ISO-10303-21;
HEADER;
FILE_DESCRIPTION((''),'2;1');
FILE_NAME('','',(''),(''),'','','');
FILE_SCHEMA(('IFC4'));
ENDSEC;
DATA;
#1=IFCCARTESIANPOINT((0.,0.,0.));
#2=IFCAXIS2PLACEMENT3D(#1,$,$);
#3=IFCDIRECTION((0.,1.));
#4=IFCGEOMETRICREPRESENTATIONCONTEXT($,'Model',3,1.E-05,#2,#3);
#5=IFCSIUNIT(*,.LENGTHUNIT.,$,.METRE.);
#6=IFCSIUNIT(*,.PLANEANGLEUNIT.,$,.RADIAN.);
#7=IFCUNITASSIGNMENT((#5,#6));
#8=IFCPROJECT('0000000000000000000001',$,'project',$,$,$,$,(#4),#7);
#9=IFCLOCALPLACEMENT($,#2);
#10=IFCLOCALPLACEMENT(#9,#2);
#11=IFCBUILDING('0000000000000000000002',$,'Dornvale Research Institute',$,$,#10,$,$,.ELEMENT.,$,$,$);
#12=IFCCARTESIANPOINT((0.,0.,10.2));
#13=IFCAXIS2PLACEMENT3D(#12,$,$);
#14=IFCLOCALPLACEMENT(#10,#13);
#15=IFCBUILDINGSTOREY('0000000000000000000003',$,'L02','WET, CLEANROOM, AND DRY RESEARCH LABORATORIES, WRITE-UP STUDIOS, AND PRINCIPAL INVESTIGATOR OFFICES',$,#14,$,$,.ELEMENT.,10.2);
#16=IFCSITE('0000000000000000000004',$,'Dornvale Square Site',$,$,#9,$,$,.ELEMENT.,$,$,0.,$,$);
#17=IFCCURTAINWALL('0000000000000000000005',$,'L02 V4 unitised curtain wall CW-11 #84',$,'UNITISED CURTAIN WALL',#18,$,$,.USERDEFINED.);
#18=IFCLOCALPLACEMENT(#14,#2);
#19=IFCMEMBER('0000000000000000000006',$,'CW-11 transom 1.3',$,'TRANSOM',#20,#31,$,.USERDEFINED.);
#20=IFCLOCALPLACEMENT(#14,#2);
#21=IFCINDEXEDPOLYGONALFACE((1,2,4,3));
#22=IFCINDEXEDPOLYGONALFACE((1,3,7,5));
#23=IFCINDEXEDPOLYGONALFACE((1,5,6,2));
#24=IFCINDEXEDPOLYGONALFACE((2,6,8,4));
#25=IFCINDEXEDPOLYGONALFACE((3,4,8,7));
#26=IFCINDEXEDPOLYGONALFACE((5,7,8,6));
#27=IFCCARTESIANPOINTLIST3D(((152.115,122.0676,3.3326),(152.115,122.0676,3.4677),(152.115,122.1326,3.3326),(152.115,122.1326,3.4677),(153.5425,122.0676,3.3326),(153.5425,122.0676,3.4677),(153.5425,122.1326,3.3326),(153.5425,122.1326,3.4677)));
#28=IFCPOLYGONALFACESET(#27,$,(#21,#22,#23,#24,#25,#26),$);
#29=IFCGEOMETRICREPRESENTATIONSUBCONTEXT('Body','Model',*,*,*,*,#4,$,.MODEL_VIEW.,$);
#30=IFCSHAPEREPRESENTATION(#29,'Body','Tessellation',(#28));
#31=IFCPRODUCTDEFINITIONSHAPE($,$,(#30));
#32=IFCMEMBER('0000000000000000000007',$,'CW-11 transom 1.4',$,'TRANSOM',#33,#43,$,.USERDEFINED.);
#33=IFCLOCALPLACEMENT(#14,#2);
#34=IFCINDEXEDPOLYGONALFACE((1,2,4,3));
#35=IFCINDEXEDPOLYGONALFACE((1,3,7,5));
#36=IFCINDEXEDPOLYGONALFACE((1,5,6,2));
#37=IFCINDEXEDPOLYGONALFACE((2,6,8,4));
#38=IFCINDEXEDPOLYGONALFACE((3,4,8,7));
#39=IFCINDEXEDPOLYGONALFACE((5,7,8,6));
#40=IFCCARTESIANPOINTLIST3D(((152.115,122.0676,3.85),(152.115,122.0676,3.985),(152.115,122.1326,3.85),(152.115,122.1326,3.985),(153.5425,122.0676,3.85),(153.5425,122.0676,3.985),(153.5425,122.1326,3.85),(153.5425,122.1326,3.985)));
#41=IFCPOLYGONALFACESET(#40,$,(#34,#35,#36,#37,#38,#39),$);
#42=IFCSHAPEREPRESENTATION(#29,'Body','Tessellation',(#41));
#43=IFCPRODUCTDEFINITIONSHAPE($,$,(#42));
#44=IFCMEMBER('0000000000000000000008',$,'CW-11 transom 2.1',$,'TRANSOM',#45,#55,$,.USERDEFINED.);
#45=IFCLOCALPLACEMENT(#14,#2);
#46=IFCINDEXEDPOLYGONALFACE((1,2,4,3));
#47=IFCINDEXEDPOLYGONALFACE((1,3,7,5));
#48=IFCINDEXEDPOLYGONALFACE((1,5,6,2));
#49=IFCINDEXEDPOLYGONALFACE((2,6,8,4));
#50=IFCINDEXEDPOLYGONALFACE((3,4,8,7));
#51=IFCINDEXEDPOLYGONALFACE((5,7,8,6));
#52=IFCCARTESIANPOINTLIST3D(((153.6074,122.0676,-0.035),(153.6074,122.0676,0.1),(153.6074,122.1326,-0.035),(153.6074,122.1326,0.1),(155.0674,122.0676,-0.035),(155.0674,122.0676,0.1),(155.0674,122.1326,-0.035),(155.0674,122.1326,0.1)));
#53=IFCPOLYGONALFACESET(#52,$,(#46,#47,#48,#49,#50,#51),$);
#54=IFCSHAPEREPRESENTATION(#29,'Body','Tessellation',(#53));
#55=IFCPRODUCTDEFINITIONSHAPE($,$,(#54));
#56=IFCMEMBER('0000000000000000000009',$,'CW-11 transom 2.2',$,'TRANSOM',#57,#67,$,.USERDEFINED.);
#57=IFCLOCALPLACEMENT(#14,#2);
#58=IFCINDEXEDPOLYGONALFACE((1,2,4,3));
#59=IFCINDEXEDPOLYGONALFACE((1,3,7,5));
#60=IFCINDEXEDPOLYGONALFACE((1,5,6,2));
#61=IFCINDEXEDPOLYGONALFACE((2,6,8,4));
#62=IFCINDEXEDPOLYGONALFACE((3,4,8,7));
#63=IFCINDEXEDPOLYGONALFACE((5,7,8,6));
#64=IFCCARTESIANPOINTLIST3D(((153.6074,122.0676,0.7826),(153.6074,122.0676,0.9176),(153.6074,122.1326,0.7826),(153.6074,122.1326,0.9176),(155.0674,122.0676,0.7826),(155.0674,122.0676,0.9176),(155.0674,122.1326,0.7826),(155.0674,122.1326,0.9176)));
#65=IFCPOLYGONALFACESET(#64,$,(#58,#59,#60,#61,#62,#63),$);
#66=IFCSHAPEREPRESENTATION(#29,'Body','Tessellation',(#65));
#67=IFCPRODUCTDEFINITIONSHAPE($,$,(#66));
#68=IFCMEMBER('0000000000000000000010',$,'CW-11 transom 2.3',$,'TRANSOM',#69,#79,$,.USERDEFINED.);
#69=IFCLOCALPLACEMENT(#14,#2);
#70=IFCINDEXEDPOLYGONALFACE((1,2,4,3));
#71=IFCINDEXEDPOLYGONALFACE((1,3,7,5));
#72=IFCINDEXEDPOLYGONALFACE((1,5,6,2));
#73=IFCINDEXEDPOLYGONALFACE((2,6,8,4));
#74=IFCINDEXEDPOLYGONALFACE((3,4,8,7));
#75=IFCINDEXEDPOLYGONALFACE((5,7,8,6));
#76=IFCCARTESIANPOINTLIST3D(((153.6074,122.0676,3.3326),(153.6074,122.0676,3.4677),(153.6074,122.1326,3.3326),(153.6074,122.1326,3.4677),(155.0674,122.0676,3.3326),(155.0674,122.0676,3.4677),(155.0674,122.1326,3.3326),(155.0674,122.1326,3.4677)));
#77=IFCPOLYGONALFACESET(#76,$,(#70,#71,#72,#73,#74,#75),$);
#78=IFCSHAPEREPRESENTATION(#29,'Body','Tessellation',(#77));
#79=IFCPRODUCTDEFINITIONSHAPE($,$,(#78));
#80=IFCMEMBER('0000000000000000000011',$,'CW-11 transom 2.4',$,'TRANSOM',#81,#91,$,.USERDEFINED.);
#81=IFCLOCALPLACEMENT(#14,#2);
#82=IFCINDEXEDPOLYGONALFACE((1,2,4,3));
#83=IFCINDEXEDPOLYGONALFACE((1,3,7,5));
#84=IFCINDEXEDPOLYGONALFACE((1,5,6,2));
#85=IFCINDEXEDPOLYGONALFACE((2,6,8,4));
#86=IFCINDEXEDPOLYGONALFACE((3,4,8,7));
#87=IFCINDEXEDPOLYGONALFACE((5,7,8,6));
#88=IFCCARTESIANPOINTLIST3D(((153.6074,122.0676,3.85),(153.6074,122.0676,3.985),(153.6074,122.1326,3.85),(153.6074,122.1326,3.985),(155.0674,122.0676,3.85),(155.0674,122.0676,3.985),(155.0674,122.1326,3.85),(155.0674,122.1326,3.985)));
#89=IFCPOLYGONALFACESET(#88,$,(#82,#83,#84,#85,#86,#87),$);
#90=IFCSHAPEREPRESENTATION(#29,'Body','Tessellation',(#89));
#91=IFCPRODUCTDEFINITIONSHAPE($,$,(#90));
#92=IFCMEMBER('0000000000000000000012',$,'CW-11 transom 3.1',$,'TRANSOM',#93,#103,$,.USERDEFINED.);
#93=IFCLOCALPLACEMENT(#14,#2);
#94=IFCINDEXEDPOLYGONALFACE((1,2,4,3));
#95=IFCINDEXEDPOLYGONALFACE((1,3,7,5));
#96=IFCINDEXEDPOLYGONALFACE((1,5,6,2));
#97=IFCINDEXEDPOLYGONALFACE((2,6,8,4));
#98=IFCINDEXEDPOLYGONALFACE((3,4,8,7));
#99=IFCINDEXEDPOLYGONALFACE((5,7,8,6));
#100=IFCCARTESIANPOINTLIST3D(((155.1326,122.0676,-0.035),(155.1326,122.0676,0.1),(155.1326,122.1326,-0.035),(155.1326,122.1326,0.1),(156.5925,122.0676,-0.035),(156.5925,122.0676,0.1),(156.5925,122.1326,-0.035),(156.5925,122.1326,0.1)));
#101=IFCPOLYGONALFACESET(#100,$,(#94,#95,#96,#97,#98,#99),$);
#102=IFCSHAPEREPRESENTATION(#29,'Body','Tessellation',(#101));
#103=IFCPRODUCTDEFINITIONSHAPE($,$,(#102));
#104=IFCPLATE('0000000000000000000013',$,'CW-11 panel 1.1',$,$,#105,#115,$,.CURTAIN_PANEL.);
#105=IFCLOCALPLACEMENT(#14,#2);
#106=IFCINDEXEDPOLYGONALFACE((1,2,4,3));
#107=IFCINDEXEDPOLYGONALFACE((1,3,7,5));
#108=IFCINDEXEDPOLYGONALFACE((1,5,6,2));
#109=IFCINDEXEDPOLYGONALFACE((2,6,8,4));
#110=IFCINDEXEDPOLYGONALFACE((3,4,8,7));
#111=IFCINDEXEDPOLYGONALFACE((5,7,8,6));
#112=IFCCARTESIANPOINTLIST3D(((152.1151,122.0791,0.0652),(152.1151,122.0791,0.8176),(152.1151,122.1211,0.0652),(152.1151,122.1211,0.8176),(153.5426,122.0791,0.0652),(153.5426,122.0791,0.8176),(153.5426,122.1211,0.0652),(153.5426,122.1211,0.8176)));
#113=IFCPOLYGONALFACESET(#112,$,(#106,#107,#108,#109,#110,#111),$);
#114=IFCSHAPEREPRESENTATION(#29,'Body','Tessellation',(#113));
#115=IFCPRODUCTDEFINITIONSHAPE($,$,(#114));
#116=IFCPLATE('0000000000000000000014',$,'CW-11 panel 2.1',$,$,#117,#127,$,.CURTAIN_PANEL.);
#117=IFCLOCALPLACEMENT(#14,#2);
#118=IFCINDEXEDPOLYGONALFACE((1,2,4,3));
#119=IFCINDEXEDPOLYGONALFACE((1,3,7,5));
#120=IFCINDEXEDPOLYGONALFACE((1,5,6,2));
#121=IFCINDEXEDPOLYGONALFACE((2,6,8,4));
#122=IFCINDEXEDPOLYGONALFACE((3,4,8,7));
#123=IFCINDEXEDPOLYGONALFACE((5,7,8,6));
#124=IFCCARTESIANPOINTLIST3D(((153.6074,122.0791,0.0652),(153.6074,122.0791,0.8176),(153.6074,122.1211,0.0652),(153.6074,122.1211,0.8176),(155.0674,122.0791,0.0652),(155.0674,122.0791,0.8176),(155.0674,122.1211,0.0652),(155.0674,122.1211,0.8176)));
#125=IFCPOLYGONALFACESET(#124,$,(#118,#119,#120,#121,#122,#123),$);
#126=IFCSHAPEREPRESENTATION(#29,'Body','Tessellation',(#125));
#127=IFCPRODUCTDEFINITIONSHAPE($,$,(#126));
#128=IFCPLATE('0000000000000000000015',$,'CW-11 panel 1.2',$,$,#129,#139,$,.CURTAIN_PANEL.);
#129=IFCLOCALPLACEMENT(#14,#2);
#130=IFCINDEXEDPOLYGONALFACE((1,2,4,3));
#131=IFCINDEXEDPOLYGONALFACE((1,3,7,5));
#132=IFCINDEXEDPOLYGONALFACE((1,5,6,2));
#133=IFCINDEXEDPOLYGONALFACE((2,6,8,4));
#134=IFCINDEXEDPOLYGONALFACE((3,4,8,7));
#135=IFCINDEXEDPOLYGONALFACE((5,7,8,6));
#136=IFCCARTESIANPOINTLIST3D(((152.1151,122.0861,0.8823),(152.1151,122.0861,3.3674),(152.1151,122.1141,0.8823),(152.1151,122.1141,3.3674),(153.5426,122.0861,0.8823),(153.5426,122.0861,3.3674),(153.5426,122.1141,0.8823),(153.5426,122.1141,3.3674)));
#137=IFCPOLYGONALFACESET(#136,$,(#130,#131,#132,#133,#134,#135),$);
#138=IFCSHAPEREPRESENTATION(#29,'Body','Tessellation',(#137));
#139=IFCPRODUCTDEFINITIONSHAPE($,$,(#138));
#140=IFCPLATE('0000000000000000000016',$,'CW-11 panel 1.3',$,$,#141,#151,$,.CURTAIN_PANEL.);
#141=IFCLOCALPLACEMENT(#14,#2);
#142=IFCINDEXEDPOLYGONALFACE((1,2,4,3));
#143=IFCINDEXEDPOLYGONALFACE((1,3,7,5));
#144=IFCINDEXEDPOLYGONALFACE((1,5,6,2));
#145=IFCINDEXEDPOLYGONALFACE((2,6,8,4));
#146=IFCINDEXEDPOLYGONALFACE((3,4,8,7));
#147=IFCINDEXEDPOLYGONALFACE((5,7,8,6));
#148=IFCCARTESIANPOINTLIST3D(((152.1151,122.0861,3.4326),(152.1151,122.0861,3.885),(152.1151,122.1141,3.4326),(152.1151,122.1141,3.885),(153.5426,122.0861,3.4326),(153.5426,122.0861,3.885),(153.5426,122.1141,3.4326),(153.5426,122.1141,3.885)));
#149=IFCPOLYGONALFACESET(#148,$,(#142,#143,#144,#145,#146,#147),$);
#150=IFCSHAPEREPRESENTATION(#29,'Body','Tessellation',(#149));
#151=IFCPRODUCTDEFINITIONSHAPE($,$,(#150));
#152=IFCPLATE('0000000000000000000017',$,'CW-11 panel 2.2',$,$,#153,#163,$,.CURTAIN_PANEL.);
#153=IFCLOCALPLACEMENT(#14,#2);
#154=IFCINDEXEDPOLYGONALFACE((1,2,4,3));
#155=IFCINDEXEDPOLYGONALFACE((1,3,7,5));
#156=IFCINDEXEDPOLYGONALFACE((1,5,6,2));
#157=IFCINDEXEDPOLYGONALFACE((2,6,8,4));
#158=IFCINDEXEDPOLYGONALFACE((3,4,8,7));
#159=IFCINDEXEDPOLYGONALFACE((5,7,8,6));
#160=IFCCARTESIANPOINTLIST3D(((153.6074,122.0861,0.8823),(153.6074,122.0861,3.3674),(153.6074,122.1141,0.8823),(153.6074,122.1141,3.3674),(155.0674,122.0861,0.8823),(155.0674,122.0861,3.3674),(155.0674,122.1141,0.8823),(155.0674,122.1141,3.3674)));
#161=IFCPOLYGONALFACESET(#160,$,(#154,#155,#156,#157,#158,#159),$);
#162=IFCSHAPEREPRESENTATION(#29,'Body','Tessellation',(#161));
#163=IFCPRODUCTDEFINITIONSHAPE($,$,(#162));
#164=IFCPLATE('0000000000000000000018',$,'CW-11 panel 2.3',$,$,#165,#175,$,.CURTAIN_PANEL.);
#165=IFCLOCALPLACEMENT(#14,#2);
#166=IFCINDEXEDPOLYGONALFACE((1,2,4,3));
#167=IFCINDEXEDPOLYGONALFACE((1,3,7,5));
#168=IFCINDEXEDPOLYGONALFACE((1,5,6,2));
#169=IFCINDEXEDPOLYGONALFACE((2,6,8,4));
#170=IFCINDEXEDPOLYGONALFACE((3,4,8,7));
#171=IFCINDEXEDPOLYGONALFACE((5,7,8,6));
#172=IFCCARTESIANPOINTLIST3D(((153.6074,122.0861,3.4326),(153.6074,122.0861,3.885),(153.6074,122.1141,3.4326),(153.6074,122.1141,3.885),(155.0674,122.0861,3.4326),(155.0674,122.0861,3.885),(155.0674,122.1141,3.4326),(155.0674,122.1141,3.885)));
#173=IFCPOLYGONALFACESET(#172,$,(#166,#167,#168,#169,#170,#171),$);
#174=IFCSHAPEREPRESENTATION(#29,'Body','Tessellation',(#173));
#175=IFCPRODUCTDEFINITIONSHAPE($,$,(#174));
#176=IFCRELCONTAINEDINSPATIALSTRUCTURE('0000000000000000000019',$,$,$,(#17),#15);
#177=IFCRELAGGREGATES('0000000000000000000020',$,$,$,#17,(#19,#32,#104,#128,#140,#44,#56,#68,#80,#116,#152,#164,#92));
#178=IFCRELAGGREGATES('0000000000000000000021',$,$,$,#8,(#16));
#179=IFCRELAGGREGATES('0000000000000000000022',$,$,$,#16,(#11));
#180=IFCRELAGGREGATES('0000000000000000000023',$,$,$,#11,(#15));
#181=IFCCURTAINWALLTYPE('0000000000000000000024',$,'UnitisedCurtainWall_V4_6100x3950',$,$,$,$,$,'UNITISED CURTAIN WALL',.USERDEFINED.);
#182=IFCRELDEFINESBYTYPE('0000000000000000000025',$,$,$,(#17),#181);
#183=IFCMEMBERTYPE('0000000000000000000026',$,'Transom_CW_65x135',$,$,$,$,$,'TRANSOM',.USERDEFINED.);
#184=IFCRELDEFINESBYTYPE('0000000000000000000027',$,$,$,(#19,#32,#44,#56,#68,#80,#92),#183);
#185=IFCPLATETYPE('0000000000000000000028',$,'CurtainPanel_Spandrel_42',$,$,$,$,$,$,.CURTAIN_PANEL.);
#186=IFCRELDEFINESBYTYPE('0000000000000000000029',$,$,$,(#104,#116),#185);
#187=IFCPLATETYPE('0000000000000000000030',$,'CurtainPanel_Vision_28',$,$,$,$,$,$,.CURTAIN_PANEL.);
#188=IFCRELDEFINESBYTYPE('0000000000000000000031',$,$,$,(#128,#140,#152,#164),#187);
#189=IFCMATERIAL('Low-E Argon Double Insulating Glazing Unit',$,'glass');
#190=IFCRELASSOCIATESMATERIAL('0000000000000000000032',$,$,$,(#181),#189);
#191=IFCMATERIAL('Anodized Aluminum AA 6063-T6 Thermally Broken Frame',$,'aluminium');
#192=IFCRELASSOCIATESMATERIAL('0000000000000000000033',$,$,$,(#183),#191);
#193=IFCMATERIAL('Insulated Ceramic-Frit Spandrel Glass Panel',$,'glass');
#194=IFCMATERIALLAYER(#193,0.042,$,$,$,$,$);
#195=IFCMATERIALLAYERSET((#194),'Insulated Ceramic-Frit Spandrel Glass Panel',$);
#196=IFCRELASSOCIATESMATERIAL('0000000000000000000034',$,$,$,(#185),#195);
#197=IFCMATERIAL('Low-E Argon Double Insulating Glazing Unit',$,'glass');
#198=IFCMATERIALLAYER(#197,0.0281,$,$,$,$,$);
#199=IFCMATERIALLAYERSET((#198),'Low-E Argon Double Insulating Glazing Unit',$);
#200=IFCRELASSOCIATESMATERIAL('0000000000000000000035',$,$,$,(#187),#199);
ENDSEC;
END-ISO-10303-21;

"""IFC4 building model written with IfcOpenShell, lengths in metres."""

from ifc_helpers import new_model, si_unit, direction, frame, origin, origin_2d, place, context, subcontext, project, spatial, rectangle, extrude, material, layer, layer_set, material_profile, profile_set, type_object, element, aggregate, save


model = new_model("IFC4")

# Units and contexts
model_context = context("Model", 3, precision=1e-05, world=origin(), true_north=direction((0.0, 1.0)))
body_context = subcontext(model_context, "Body", "Model", "MODEL_VIEW")
ifc_project = project(units=[si_unit("LENGTHUNIT", "METRE"), si_unit("PLANEANGLEUNIT", "RADIAN")], contexts=[model_context])

# Site, building, storey
site_placement = place(None, origin())
site = spatial("IfcSite", under=ifc_project, at=site_placement, Name="Dornvale Square Site", CompositionType="ELEMENT", RefElevation=0.0)
building_placement = place(site_placement, origin())
building = spatial("IfcBuilding", under=site, at=building_placement, Name="Dornvale Research Institute", CompositionType="ELEMENT")
storey_placement = place(building_placement, frame((0.0, 0.0, 10.2)))
storey = spatial("IfcBuildingStorey", under=building, at=storey_placement, Name="L02", Description="WET, CLEANROOM, AND DRY RESEARCH LABORATORIES, WRITE-UP STUDIOS, AND PRINCIPAL INVESTIGATOR OFFICES", CompositionType="ELEMENT", Elevation=10.2)

# Curtain wall
ifc_material_1 = material(Name="Low-E Argon Double Insulating Glazing Unit", Category="glass")
curtain_wall_type = type_object("IfcCurtainWallType", Name="UnitisedCurtainWall_V4_6100x3950", ElementType="UNITISED CURTAIN WALL", PredefinedType="USERDEFINED", material=ifc_material_1)
curtain_wall_placement = place(storey_placement, origin())
curtain_wall = element("IfcCurtainWall", 1, at=curtain_wall_placement, inside=storey, type_object=curtain_wall_type, Name="L02 V4 unitised curtain wall CW-11 #84", ObjectType="UNITISED CURTAIN WALL", PredefinedType="USERDEFINED")

# Members
ifc_material_2 = material(Name="Anodized Aluminum AA 6063-T6 Thermally Broken Frame", Category="aluminium")
ifc_material_profile_1 = material_profile(ifc_material_2, rectangle(XDim=0.0649, YDim=0.135, at=origin_2d()), Name="ALU TRANSOM 65x135")
ifc_profile_set_1 = profile_set([ifc_material_profile_1], Name="Anodized Aluminum AA 6063-T6 Thermally Broken Frame")
member_type_1 = type_object("IfcMemberType", Name="Transom_CW_65x135", ElementType="TRANSOM", PredefinedType="USERDEFINED", material=ifc_profile_set_1)
member_1_placement = place(storey_placement, frame((152.115, 122.1001, 3.4001), z_axis=(1.0, 0.0, 0.0), x_axis=(0.0, 1.0, 0.0)))
member_1 = element("IfcMember", 2, at=member_1_placement, type_object=member_type_1, Name="CW-11 transom 1.3", ObjectType="TRANSOM", PredefinedType="USERDEFINED", context=body_context, shape_type="SweptSolid", body=[
    extrude(rectangle(XDim=0.0649, YDim=0.135, at=origin_2d()), origin(), (0.0, 0.0, 1.0), 1.4275),
])
member_2_placement = place(storey_placement, frame((152.115, 122.1001, 3.9175), z_axis=(1.0, 0.0, 0.0), x_axis=(0.0, 1.0, 0.0)))
member_2 = element("IfcMember", 3, at=member_2_placement, type_object=member_type_1, Name="CW-11 transom 1.4", ObjectType="TRANSOM", PredefinedType="USERDEFINED", context=body_context, shape_type="SweptSolid", body=[
    extrude(rectangle(XDim=0.0649, YDim=0.135, at=origin_2d()), origin(), (0.0, 0.0, 1.0), 1.4275),
])
member_3_placement = place(storey_placement, frame((153.6074, 122.1001, 0.0325), z_axis=(1.0, 0.0, 0.0), x_axis=(0.0, 1.0, 0.0)))
member_3 = element("IfcMember", 4, at=member_3_placement, type_object=member_type_1, Name="CW-11 transom 2.1", ObjectType="TRANSOM", PredefinedType="USERDEFINED", context=body_context, shape_type="SweptSolid", body=[
    extrude(rectangle(XDim=0.0649, YDim=0.135, at=origin_2d()), origin(), (0.0, 0.0, 1.0), 1.46),
])
member_4_placement = place(storey_placement, frame((153.6074, 122.1001, 0.8501), z_axis=(1.0, 0.0, 0.0), x_axis=(0.0, 1.0, 0.0)))
member_4 = element("IfcMember", 5, at=member_4_placement, type_object=member_type_1, Name="CW-11 transom 2.2", ObjectType="TRANSOM", PredefinedType="USERDEFINED", context=body_context, shape_type="SweptSolid", body=[
    extrude(rectangle(XDim=0.0649, YDim=0.135, at=origin_2d()), origin(), (0.0, 0.0, 1.0), 1.46),
])
member_5_placement = place(storey_placement, frame((153.6074, 122.1001, 3.4001), z_axis=(1.0, 0.0, 0.0), x_axis=(0.0, 1.0, 0.0)))
member_5 = element("IfcMember", 6, at=member_5_placement, type_object=member_type_1, Name="CW-11 transom 2.3", ObjectType="TRANSOM", PredefinedType="USERDEFINED", context=body_context, shape_type="SweptSolid", body=[
    extrude(rectangle(XDim=0.0649, YDim=0.135, at=origin_2d()), origin(), (0.0, 0.0, 1.0), 1.46),
])
member_6_placement = place(storey_placement, frame((153.6074, 122.1001, 3.9175), z_axis=(1.0, 0.0, 0.0), x_axis=(0.0, 1.0, 0.0)))
member_6 = element("IfcMember", 7, at=member_6_placement, type_object=member_type_1, Name="CW-11 transom 2.4", ObjectType="TRANSOM", PredefinedType="USERDEFINED", context=body_context, shape_type="SweptSolid", body=[
    extrude(rectangle(XDim=0.0649, YDim=0.135, at=origin_2d()), origin(), (0.0, 0.0, 1.0), 1.46),
])
member_7_placement = place(storey_placement, frame((155.1326, 122.1001, 0.0325), z_axis=(1.0, 0.0, 0.0), x_axis=(0.0, 1.0, 0.0)))
member_7 = element("IfcMember", 8, at=member_7_placement, type_object=member_type_1, Name="CW-11 transom 3.1", ObjectType="TRANSOM", PredefinedType="USERDEFINED", context=body_context, shape_type="SweptSolid", body=[
    extrude(rectangle(XDim=0.0649, YDim=0.135, at=origin_2d()), origin(), (0.0, 0.0, 1.0), 1.46),
])

# Plates
ifc_material_3 = material(Name="Insulated Ceramic-Frit Spandrel Glass Panel", Category="glass")
ifc_layer_1 = layer(ifc_material_3, 0.042)
ifc_layer_set_1 = layer_set([ifc_layer_1], Name="Insulated Ceramic-Frit Spandrel Glass Panel")
plate_type_1 = type_object("IfcPlateType", Name="CurtainPanel_Spandrel_42", PredefinedType="CURTAIN_PANEL", material=ifc_layer_set_1)
plate_1_placement = place(storey_placement, frame((152.8289, 122.1001, 0.0652), z_axis=(0.0, 0.0, 1.0), x_axis=(1.0, 0.0, 0.0)))
plate_1 = element("IfcPlate", 9, at=plate_1_placement, type_object=plate_type_1, Name="CW-11 panel 1.1", PredefinedType="CURTAIN_PANEL", context=body_context, shape_type="SweptSolid", body=[
    extrude(rectangle(XDim=1.4275, YDim=0.042, at=origin_2d()), origin(), (0.0, 0.0, 1.0), 0.7524),
])
plate_2_placement = place(storey_placement, frame((154.3374, 122.1001, 0.0652), z_axis=(0.0, 0.0, 1.0), x_axis=(1.0, 0.0, 0.0)))
plate_2 = element("IfcPlate", 10, at=plate_2_placement, type_object=plate_type_1, Name="CW-11 panel 2.1", PredefinedType="CURTAIN_PANEL", context=body_context, shape_type="SweptSolid", body=[
    extrude(rectangle(XDim=1.46, YDim=0.042, at=origin_2d()), origin(), (0.0, 0.0, 1.0), 0.7524),
])
ifc_material_4 = material(Name="Low-E Argon Double Insulating Glazing Unit", Category="glass")
ifc_layer_2 = layer(ifc_material_4, 0.0281)
ifc_layer_set_2 = layer_set([ifc_layer_2], Name="Low-E Argon Double Insulating Glazing Unit")
plate_type_2 = type_object("IfcPlateType", Name="CurtainPanel_Vision_28", PredefinedType="CURTAIN_PANEL", material=ifc_layer_set_2)
plate_3_placement = place(storey_placement, frame((152.8289, 122.1001, 0.8823), z_axis=(0.0, 0.0, 1.0), x_axis=(1.0, 0.0, 0.0)))
plate_3 = element("IfcPlate", 11, at=plate_3_placement, type_object=plate_type_2, Name="CW-11 panel 1.2", PredefinedType="CURTAIN_PANEL", context=body_context, shape_type="SweptSolid", body=[
    extrude(rectangle(XDim=1.4275, YDim=0.0281, at=origin_2d()), origin(), (0.0, 0.0, 1.0), 2.4851),
])
plate_4_placement = place(storey_placement, frame((152.8289, 122.1001, 3.4326), z_axis=(0.0, 0.0, 1.0), x_axis=(1.0, 0.0, 0.0)))
plate_4 = element("IfcPlate", 12, at=plate_4_placement, type_object=plate_type_2, Name="CW-11 panel 1.3", PredefinedType="CURTAIN_PANEL", context=body_context, shape_type="SweptSolid", body=[
    extrude(rectangle(XDim=1.4275, YDim=0.0281, at=origin_2d()), origin(), (0.0, 0.0, 1.0), 0.4524),
])
plate_5_placement = place(storey_placement, frame((154.3374, 122.1001, 0.8823), z_axis=(0.0, 0.0, 1.0), x_axis=(1.0, 0.0, 0.0)))
plate_5 = element("IfcPlate", 13, at=plate_5_placement, type_object=plate_type_2, Name="CW-11 panel 2.2", PredefinedType="CURTAIN_PANEL", context=body_context, shape_type="SweptSolid", body=[
    extrude(rectangle(XDim=1.46, YDim=0.0281, at=origin_2d()), origin(), (0.0, 0.0, 1.0), 2.4851),
])
plate_6_placement = place(storey_placement, frame((154.3374, 122.1001, 3.4326), z_axis=(0.0, 0.0, 1.0), x_axis=(1.0, 0.0, 0.0)))
plate_6 = element("IfcPlate", 14, at=plate_6_placement, type_object=plate_type_2, Name="CW-11 panel 2.3", PredefinedType="CURTAIN_PANEL", context=body_context, shape_type="SweptSolid", body=[
    extrude(rectangle(XDim=1.46, YDim=0.0281, at=origin_2d()), origin(), (0.0, 0.0, 1.0), 0.4524),
])
aggregate(curtain_wall, [member_1, member_2, plate_1, plate_3, plate_4, member_3, member_4, member_5, member_6, plate_2, plate_5, plate_6, member_7])

save(model, "model.ifc")
